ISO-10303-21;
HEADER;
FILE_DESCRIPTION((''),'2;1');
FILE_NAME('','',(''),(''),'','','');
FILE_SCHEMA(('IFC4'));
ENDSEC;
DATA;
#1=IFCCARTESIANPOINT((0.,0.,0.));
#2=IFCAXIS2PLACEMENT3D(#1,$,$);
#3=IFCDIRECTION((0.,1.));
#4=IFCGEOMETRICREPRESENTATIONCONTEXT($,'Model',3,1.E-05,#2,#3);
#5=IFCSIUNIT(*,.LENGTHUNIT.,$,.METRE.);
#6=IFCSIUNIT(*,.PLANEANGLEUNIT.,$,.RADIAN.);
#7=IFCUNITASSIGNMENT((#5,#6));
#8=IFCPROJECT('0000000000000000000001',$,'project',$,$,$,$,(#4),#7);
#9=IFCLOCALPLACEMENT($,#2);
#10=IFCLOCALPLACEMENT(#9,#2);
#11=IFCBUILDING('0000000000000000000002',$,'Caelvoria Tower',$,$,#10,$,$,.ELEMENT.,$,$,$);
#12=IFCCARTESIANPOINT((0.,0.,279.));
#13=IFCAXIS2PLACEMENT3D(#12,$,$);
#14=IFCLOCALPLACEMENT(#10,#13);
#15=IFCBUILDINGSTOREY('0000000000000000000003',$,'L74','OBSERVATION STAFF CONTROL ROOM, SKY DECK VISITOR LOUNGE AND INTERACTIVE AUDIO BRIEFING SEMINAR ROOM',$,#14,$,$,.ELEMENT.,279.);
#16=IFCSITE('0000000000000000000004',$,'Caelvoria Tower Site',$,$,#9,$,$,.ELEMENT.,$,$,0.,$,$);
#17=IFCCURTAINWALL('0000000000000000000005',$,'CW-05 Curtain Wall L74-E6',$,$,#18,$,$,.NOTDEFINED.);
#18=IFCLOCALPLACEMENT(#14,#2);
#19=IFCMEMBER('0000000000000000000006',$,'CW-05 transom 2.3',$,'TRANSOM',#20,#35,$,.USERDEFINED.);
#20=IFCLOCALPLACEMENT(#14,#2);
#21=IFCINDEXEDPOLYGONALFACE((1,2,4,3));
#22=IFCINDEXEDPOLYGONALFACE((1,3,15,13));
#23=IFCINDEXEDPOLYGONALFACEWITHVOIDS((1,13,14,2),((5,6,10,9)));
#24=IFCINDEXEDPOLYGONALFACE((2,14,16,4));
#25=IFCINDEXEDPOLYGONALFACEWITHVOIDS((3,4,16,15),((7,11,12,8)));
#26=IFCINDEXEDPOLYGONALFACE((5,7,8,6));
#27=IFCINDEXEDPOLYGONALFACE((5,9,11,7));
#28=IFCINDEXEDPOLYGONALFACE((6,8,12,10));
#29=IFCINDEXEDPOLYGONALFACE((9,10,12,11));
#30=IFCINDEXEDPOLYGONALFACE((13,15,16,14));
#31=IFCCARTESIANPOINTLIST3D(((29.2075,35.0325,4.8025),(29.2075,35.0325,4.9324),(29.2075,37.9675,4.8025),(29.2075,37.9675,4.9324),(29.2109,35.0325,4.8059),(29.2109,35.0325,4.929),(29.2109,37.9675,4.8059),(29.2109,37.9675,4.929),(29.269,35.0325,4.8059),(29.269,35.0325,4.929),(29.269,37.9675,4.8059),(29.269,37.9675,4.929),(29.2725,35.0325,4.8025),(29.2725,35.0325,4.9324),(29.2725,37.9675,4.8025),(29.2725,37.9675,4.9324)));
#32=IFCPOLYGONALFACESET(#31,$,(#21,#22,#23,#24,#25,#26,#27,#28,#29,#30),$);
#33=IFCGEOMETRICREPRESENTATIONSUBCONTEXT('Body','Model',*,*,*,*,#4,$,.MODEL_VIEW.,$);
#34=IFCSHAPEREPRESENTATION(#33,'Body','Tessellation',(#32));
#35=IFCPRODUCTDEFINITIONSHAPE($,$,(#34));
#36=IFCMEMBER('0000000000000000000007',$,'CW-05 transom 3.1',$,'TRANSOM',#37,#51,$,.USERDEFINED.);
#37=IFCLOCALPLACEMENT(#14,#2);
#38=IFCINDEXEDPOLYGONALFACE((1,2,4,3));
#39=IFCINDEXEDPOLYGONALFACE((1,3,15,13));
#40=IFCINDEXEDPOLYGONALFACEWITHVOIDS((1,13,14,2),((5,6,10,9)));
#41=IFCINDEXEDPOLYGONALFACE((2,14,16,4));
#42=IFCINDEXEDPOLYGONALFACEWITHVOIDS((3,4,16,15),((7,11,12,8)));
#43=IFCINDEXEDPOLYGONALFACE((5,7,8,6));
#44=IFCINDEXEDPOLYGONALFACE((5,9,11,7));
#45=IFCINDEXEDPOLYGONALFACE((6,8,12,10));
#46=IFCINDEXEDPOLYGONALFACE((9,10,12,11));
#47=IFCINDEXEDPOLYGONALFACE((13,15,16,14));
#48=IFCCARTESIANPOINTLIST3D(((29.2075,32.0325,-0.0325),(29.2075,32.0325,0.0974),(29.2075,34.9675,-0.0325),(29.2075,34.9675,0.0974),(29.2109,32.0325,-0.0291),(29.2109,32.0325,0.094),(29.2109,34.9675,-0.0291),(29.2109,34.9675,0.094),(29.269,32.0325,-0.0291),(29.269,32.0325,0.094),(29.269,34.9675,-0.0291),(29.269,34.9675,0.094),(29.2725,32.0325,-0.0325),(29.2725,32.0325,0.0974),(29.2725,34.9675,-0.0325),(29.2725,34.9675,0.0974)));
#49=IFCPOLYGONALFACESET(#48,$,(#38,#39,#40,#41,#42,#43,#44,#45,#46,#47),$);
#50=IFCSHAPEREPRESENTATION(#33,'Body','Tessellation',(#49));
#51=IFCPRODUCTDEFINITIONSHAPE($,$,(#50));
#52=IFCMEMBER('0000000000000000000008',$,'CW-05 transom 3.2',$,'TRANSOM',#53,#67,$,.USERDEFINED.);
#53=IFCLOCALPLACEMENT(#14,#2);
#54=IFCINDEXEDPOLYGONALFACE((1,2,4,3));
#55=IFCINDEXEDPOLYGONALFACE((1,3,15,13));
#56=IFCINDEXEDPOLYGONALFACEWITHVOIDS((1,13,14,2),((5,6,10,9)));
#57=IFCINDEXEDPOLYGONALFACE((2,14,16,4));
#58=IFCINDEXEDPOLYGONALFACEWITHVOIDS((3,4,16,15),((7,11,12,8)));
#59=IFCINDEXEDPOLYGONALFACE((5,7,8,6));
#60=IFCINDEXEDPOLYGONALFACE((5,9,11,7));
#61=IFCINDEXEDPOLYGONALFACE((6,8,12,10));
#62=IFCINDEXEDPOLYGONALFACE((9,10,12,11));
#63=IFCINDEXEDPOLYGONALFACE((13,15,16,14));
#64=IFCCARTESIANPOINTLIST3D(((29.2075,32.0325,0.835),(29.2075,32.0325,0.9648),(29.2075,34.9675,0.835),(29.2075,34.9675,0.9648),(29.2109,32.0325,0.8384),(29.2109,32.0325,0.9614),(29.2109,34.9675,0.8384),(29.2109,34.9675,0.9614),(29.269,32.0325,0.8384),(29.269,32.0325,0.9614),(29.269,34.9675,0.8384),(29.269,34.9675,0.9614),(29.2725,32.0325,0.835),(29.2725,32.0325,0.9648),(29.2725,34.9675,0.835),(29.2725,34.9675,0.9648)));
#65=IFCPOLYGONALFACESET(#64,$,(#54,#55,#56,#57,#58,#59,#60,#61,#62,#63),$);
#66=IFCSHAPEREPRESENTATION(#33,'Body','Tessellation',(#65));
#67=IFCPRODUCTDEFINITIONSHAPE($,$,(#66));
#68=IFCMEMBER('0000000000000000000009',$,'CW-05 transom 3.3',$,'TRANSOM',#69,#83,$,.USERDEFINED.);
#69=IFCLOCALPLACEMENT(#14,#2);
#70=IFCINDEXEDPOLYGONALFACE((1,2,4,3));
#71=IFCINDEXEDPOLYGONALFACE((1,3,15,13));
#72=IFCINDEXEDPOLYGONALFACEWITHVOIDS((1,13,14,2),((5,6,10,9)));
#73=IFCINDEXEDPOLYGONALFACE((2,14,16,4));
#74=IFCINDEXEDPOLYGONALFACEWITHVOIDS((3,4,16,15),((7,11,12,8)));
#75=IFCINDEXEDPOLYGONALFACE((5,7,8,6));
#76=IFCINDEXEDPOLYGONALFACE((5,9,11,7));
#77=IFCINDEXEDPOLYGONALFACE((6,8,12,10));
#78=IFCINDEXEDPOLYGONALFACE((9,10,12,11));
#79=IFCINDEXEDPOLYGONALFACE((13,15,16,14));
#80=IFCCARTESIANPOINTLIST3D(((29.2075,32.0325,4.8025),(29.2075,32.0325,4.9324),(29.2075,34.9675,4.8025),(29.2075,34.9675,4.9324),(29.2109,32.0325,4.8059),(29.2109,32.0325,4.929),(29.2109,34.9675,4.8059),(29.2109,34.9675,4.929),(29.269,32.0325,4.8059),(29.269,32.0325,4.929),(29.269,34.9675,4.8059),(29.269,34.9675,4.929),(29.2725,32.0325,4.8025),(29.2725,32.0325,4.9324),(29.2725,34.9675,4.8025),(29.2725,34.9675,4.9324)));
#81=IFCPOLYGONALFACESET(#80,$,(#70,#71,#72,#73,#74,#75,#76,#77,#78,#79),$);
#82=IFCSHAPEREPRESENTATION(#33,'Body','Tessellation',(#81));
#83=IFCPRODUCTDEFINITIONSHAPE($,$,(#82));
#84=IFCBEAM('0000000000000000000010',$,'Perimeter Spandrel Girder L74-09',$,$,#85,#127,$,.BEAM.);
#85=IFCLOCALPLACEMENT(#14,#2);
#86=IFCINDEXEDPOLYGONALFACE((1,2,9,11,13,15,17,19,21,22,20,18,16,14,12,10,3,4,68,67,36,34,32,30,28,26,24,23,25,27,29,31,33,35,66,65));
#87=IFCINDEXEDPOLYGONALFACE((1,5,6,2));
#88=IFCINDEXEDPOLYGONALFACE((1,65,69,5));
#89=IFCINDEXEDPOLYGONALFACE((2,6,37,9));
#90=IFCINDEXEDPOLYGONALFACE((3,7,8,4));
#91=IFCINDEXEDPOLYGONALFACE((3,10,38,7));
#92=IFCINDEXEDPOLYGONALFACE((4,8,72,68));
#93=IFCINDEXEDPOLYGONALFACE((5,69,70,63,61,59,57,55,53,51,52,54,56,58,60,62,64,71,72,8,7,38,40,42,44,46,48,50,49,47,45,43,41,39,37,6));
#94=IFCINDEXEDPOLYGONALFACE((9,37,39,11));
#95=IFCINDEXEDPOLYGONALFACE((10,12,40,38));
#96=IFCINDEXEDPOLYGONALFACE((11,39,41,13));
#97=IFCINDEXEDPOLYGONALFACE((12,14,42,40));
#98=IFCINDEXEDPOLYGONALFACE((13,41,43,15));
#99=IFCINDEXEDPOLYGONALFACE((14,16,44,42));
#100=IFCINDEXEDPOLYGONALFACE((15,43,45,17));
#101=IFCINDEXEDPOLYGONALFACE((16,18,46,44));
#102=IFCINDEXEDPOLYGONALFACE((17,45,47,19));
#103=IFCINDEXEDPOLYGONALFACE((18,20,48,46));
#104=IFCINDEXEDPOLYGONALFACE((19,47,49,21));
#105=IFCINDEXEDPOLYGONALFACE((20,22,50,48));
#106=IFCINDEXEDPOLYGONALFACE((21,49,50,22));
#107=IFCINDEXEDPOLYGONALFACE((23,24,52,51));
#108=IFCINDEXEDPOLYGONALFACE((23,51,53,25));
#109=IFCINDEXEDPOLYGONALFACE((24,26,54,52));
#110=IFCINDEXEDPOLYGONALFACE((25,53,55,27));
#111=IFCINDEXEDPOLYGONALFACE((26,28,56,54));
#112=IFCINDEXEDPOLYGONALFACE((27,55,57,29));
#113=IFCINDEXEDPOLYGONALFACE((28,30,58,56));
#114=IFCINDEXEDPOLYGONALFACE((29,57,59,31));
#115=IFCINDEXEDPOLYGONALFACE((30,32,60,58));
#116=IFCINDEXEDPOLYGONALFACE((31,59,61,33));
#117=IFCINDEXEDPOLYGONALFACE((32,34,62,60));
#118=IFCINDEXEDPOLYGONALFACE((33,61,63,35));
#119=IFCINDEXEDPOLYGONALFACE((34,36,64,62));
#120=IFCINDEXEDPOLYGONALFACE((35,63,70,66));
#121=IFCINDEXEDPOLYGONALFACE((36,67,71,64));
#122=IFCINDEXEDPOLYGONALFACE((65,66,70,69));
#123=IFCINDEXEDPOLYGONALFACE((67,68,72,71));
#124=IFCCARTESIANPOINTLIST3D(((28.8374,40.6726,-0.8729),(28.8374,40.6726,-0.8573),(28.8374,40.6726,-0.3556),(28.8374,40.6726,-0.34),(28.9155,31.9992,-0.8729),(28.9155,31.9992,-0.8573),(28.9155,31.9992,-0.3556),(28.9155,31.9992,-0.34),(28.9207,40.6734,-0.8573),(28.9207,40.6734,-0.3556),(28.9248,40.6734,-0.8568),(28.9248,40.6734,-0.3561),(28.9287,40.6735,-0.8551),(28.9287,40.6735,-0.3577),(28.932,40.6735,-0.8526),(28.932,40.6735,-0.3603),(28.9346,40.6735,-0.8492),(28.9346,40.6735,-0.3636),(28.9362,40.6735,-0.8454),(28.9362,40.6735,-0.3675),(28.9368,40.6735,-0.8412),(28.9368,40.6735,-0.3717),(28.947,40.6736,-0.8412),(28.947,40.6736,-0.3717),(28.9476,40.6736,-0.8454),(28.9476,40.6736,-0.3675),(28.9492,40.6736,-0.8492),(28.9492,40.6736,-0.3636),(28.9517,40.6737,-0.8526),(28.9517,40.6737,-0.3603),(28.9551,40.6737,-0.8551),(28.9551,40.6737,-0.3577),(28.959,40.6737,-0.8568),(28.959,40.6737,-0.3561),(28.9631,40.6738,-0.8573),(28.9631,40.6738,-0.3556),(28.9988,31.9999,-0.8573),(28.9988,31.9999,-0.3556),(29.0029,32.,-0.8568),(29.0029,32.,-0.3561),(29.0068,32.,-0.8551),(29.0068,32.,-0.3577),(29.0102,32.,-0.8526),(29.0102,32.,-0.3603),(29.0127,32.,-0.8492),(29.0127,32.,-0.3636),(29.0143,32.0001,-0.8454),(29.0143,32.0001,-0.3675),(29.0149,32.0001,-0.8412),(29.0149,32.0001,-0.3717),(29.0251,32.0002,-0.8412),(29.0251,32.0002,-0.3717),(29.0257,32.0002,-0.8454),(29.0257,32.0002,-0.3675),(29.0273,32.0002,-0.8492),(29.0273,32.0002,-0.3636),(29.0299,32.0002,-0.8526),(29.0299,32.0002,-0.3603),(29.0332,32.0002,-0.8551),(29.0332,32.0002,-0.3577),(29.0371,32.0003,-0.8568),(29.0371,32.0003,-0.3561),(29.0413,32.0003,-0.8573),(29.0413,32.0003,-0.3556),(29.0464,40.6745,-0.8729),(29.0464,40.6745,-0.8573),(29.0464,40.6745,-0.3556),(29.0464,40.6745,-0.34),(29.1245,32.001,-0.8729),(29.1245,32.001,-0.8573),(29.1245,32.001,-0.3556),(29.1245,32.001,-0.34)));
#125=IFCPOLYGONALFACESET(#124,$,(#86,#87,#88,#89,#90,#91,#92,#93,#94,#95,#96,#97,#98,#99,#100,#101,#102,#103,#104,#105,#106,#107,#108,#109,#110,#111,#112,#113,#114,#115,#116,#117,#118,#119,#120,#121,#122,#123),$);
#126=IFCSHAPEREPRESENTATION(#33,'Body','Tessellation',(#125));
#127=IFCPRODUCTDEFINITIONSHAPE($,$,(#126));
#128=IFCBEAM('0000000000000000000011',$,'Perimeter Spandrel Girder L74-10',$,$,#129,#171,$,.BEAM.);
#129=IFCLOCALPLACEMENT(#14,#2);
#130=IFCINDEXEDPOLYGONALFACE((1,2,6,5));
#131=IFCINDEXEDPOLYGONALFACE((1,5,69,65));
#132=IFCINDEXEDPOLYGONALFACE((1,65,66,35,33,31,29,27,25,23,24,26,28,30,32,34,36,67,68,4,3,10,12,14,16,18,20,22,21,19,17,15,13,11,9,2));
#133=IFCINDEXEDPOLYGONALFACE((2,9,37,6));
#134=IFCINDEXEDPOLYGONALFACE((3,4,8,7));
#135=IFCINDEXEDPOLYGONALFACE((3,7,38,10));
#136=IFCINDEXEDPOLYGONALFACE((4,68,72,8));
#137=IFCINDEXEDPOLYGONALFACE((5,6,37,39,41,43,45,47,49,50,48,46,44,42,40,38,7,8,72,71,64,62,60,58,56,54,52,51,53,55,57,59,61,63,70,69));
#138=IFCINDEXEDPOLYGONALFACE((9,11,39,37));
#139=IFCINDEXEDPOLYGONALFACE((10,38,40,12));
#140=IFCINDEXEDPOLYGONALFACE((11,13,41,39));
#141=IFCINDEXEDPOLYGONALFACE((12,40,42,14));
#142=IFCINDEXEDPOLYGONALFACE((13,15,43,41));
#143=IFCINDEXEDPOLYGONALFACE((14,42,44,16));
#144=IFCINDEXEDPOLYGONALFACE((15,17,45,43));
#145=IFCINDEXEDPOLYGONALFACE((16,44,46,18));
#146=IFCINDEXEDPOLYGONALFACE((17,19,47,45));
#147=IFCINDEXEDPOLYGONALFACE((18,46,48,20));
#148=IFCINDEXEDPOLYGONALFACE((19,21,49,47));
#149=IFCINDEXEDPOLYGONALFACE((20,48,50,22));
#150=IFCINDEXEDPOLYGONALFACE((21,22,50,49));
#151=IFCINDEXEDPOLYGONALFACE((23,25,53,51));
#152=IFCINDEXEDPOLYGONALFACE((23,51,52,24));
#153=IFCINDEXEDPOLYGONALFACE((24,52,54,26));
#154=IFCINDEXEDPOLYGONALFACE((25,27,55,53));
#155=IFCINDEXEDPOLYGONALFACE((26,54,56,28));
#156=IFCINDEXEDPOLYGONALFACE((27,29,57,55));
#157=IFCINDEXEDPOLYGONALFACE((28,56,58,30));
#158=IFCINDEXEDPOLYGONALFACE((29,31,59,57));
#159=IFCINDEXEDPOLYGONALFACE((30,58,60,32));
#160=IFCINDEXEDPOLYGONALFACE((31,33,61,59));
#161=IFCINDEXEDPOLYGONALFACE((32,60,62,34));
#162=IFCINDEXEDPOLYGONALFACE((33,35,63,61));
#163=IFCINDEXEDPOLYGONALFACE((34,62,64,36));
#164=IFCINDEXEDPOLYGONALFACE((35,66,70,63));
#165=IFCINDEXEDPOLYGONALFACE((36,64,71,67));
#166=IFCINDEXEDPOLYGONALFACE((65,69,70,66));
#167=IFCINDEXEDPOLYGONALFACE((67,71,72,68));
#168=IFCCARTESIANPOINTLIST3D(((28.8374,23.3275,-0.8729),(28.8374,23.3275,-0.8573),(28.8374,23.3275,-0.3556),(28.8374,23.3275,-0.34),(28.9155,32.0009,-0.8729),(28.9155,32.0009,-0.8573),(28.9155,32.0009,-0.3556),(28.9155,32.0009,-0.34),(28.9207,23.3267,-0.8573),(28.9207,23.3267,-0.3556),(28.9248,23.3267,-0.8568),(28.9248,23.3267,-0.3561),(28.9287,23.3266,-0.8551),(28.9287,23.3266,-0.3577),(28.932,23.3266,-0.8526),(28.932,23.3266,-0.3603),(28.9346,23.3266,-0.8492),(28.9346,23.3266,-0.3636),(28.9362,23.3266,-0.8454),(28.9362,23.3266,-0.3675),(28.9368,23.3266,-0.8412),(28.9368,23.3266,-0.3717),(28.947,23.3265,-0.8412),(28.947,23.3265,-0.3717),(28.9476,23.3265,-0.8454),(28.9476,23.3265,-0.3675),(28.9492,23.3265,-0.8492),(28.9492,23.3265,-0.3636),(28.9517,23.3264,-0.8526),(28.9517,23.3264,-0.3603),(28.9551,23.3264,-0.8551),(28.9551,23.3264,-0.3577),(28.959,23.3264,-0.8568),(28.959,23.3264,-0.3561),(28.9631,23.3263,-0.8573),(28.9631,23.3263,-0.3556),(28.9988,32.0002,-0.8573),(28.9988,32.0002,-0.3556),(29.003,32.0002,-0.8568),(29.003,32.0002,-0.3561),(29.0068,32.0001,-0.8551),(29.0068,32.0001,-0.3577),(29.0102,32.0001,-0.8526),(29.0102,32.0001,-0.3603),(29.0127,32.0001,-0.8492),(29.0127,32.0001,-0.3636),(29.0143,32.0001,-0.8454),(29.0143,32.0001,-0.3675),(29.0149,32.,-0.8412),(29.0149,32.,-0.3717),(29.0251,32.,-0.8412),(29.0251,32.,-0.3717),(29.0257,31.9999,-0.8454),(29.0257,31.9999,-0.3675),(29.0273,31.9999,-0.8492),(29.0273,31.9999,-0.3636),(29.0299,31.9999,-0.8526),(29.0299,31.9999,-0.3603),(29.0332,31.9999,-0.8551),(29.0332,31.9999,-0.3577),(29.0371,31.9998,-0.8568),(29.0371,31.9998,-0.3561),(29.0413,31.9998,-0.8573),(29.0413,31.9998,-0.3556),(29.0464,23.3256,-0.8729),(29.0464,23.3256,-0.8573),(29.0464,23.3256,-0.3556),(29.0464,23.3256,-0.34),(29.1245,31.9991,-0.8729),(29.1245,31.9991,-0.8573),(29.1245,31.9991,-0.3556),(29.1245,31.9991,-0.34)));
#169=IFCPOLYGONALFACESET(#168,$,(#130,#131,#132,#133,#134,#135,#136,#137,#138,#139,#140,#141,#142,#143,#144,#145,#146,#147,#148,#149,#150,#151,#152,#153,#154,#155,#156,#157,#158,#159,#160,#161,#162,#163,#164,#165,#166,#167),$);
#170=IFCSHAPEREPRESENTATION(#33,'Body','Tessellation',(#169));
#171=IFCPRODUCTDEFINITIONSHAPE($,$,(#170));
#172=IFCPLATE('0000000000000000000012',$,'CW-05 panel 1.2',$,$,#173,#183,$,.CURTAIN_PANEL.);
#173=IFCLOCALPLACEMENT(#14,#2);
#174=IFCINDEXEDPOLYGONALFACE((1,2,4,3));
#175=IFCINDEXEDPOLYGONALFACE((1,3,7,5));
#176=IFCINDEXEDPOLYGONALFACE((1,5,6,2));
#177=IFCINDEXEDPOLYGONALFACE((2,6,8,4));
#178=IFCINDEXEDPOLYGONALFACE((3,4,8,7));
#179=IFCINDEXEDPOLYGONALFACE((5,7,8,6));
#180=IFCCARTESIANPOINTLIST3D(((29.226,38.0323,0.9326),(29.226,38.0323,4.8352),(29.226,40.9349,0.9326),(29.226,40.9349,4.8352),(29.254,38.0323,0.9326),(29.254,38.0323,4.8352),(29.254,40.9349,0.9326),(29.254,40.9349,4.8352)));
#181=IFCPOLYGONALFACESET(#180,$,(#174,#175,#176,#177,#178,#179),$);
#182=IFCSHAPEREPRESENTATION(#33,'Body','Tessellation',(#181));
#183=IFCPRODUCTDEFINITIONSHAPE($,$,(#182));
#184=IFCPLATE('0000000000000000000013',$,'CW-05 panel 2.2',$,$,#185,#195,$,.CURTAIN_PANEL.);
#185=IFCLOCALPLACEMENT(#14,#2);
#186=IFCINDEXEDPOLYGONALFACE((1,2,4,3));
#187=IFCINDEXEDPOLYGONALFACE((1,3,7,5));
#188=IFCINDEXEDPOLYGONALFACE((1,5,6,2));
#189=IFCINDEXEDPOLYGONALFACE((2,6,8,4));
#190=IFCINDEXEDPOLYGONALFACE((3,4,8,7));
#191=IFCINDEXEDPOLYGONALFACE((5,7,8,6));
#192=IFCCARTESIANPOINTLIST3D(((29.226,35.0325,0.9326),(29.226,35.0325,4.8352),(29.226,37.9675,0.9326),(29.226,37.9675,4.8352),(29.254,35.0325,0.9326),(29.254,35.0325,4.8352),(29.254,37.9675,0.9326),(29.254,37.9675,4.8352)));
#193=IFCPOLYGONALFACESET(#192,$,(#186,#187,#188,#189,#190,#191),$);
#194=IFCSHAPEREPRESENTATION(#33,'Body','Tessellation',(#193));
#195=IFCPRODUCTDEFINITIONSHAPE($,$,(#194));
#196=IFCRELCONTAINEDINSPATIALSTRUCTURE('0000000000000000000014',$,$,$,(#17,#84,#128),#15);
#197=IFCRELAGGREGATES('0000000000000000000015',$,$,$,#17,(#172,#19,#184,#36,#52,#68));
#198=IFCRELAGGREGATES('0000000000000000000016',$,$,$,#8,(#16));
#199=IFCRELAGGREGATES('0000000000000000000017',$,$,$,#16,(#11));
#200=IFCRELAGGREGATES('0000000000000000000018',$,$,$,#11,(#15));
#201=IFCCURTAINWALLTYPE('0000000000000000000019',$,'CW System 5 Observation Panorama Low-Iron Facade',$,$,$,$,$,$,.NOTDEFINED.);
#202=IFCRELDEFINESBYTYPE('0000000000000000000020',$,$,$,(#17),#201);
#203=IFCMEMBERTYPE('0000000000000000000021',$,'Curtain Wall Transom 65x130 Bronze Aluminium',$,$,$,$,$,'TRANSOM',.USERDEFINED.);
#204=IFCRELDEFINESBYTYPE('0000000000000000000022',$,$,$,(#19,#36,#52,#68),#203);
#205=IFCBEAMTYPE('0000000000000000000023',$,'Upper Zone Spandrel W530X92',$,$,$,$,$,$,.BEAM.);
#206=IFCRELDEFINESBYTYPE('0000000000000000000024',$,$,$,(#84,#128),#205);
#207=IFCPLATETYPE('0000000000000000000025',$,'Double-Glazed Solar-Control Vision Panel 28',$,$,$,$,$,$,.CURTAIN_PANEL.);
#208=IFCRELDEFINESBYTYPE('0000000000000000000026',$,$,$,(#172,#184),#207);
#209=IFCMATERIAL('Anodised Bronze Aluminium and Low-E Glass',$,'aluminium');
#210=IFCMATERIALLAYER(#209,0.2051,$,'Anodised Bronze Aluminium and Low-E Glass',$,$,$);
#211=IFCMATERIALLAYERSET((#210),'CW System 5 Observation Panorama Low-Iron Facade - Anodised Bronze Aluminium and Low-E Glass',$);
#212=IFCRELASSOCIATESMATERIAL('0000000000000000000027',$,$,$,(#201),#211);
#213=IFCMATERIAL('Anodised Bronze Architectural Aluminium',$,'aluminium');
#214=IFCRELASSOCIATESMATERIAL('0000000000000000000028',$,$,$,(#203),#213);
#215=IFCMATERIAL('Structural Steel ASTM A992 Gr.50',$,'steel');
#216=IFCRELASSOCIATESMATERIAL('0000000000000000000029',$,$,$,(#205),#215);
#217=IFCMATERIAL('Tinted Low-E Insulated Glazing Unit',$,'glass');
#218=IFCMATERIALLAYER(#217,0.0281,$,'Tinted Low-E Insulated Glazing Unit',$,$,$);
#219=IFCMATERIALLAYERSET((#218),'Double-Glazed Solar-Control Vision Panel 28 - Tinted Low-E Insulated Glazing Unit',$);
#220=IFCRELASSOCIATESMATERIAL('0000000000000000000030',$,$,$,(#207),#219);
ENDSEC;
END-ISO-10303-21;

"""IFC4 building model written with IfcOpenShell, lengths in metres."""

from ifc_helpers import new_model, si_unit, direction, frame, origin, origin_2d, place, context, subcontext, project, spatial, rectangle, hollow_rectangle, i_section, extrude, material, layer, layer_set, material_profile, profile_set, type_object, element, aggregate, save


model = new_model("IFC4")

# Units and contexts
model_context = context("Model", 3, precision=1e-05, world=origin(), true_north=direction((0.0, 1.0)))
body_context = subcontext(model_context, "Body", "Model", "MODEL_VIEW")
ifc_project = project(units=[si_unit("LENGTHUNIT", "METRE"), si_unit("PLANEANGLEUNIT", "RADIAN")], contexts=[model_context])

# Site, building, storey
site_placement = place(None, origin())
site = spatial("IfcSite", under=ifc_project, at=site_placement, Name="Caelvoria Tower Site", CompositionType="ELEMENT", RefElevation=0.0)
building_placement = place(site_placement, origin())
building = spatial("IfcBuilding", under=site, at=building_placement, Name="Caelvoria Tower", CompositionType="ELEMENT")
storey_placement = place(building_placement, frame((0.0, 0.0, 279.0)))
storey = spatial("IfcBuildingStorey", under=building, at=storey_placement, Name="L74", Description="OBSERVATION STAFF CONTROL ROOM, SKY DECK VISITOR LOUNGE AND INTERACTIVE AUDIO BRIEFING SEMINAR ROOM", CompositionType="ELEMENT", Elevation=279.0)

# Shared definitions
ifc_material_1 = material(Name="Structural Steel ASTM A992 Gr.50", Category="steel")

# Shared definitions
ifc_material_2 = material(Name="Anodised Bronze Aluminium and Low-E Glass", Category="aluminium")
ifc_layer_1 = layer(ifc_material_2, 0.2051, Name="Anodised Bronze Aluminium and Low-E Glass")
ifc_layer_set_1 = layer_set([ifc_layer_1], Name="CW System 5 Observation Panorama Low-Iron Facade - Anodised Bronze Aluminium and Low-E Glass")
curtain_wall_type = type_object("IfcCurtainWallType", Name="CW System 5 Observation Panorama Low-Iron Facade", PredefinedType="NOTDEFINED", material=ifc_layer_set_1)
ifc_material_3 = material(Name="Anodised Bronze Architectural Aluminium", Category="aluminium")

# Curtain wall, members
curtain_wall_1_placement = place(storey_placement, origin())
curtain_wall_1 = element("IfcCurtainWall", 1, at=curtain_wall_1_placement, inside=storey, type_object=curtain_wall_type, Name="CW-05 Curtain Wall L74-E6", PredefinedType="NOTDEFINED")
ifc_material_profile_1 = material_profile(ifc_material_3, hollow_rectangle(XDim=0.0649, YDim=0.1299, WallThickness=0.0034, at=origin_2d()), Name="Anodised Bronze Architectural Aluminium")
ifc_profile_set_1 = profile_set([ifc_material_profile_1], Name="CW_TRAN_65X130 - Anodised Bronze Architectural Aluminium")
member_type_1 = type_object("IfcMemberType", Name="Curtain Wall Transom 65x130 Bronze Aluminium", ElementType="TRANSOM", PredefinedType="USERDEFINED", material=ifc_profile_set_1)
member_1_placement = place(storey_placement, frame((29.24, 37.9675, 4.8674), z_axis=(0.0, -1.0, 0.0), x_axis=(1.0, 0.0, 0.0)))
member_1 = element("IfcMember", 2, at=member_1_placement, type_object=member_type_1, Name="CW-05 transom 2.3", ObjectType="TRANSOM", PredefinedType="USERDEFINED", context=body_context, shape_type="SweptSolid", body=[
    extrude(hollow_rectangle(XDim=0.0649, YDim=0.1299, WallThickness=0.0034, at=origin_2d()), origin(), (0.0, 0.0, 1.0), 2.9351),
])
member_2_placement = place(storey_placement, frame((29.24, 34.9675, 0.0325), z_axis=(0.0, -1.0, 0.0), x_axis=(1.0, 0.0, 0.0)))
member_2 = element("IfcMember", 3, at=member_2_placement, type_object=member_type_1, Name="CW-05 transom 3.1", ObjectType="TRANSOM", PredefinedType="USERDEFINED", context=body_context, shape_type="SweptSolid", body=[
    extrude(hollow_rectangle(XDim=0.0649, YDim=0.1299, WallThickness=0.0034, at=origin_2d()), origin(), (0.0, 0.0, 1.0), 2.9351),
])
member_3_placement = place(storey_placement, frame((29.24, 34.9675, 0.8999), z_axis=(0.0, -1.0, 0.0), x_axis=(1.0, 0.0, 0.0)))
member_3 = element("IfcMember", 4, at=member_3_placement, type_object=member_type_1, Name="CW-05 transom 3.2", ObjectType="TRANSOM", PredefinedType="USERDEFINED", context=body_context, shape_type="SweptSolid", body=[
    extrude(hollow_rectangle(XDim=0.0649, YDim=0.1299, WallThickness=0.0034, at=origin_2d()), origin(), (0.0, 0.0, 1.0), 2.9351),
])
member_4_placement = place(storey_placement, frame((29.24, 34.9675, 4.8674), z_axis=(0.0, -1.0, 0.0), x_axis=(1.0, 0.0, 0.0)))
member_4 = element("IfcMember", 5, at=member_4_placement, type_object=member_type_1, Name="CW-05 transom 3.3", ObjectType="TRANSOM", PredefinedType="USERDEFINED", context=body_context, shape_type="SweptSolid", body=[
    extrude(hollow_rectangle(XDim=0.0649, YDim=0.1299, WallThickness=0.0034, at=origin_2d()), origin(), (0.0, 0.0, 1.0), 2.9351),
])

# Beams
ifc_material_profile_2 = material_profile(ifc_material_1, i_section(OverallWidth=0.209, OverallDepth=0.533, WebThickness=0.0103, FlangeThickness=0.0156, FilletRadius=0.0161, at=origin_2d()), Name="Structural Steel ASTM A992 Gr.50")
ifc_profile_set_2 = profile_set([ifc_material_profile_2], Name="W530X92 - Structural Steel ASTM A992 Gr.50")
beam_type = type_object("IfcBeamType", Name="Upper Zone Spandrel W530X92", PredefinedType="BEAM", material=ifc_profile_set_2)
for number, where, z_axis, x_axis, name in (
    (6, (28.9419, 40.6736, -0.6064), (0.009007, -0.999959, 0.0), (0.999959, 0.009007, 0.0), "Perimeter Spandrel Girder L74-09"),
    (7, (29.02, 32.0, -0.6064), (-0.009007, -0.999959, 0.0), (0.999959, -0.009007, 0.0), "Perimeter Spandrel Girder L74-10"),
):
    element("IfcBeam", number, at=place(storey_placement, frame(where, z_axis=z_axis, x_axis=x_axis)), inside=storey, type_object=beam_type, Name=name, PredefinedType="BEAM", context=body_context, shape_type="SweptSolid", body=[
        extrude(i_section(OverallWidth=0.209, OverallDepth=0.533, WebThickness=0.0103, FlangeThickness=0.0156, FilletRadius=0.0161, at=origin_2d()), origin(), (0.0, 0.0, 1.0), 8.6738),
    ])

# Plates
ifc_material_4 = material(Name="Tinted Low-E Insulated Glazing Unit", Category="glass")
ifc_layer_2 = layer(ifc_material_4, 0.0281, Name="Tinted Low-E Insulated Glazing Unit")
ifc_layer_set_2 = layer_set([ifc_layer_2], Name="Double-Glazed Solar-Control Vision Panel 28 - Tinted Low-E Insulated Glazing Unit")
plate_type_1 = type_object("IfcPlateType", Name="Double-Glazed Solar-Control Vision Panel 28", PredefinedType="CURTAIN_PANEL", material=ifc_layer_set_2)
plate_1_placement = place(storey_placement, frame((29.24, 39.4836, 0.9326), z_axis=(0.0, 0.0, 1.0), x_axis=(0.0, -1.0, 0.0)))
plate_1 = element("IfcPlate", 8, at=plate_1_placement, type_object=plate_type_1, Name="CW-05 panel 1.2", PredefinedType="CURTAIN_PANEL", context=body_context, shape_type="SweptSolid", body=[
    extrude(rectangle(XDim=2.9026, YDim=0.0281, at=origin_2d()), origin(), (0.0, 0.0, 1.0), 3.9026),
])
plate_2_placement = place(storey_placement, frame((29.24, 36.5, 0.9326), z_axis=(0.0, 0.0, 1.0), x_axis=(0.0, -1.0, 0.0)))
plate_2 = element("IfcPlate", 9, at=plate_2_placement, type_object=plate_type_1, Name="CW-05 panel 2.2", PredefinedType="CURTAIN_PANEL", context=body_context, shape_type="SweptSolid", body=[
    extrude(rectangle(XDim=2.9351, YDim=0.0281, at=origin_2d()), origin(), (0.0, 0.0, 1.0), 3.9026),
])
aggregate(curtain_wall_1, [plate_1, member_1, plate_2, member_2, member_3, member_4])

save(model, "model.ifc")
